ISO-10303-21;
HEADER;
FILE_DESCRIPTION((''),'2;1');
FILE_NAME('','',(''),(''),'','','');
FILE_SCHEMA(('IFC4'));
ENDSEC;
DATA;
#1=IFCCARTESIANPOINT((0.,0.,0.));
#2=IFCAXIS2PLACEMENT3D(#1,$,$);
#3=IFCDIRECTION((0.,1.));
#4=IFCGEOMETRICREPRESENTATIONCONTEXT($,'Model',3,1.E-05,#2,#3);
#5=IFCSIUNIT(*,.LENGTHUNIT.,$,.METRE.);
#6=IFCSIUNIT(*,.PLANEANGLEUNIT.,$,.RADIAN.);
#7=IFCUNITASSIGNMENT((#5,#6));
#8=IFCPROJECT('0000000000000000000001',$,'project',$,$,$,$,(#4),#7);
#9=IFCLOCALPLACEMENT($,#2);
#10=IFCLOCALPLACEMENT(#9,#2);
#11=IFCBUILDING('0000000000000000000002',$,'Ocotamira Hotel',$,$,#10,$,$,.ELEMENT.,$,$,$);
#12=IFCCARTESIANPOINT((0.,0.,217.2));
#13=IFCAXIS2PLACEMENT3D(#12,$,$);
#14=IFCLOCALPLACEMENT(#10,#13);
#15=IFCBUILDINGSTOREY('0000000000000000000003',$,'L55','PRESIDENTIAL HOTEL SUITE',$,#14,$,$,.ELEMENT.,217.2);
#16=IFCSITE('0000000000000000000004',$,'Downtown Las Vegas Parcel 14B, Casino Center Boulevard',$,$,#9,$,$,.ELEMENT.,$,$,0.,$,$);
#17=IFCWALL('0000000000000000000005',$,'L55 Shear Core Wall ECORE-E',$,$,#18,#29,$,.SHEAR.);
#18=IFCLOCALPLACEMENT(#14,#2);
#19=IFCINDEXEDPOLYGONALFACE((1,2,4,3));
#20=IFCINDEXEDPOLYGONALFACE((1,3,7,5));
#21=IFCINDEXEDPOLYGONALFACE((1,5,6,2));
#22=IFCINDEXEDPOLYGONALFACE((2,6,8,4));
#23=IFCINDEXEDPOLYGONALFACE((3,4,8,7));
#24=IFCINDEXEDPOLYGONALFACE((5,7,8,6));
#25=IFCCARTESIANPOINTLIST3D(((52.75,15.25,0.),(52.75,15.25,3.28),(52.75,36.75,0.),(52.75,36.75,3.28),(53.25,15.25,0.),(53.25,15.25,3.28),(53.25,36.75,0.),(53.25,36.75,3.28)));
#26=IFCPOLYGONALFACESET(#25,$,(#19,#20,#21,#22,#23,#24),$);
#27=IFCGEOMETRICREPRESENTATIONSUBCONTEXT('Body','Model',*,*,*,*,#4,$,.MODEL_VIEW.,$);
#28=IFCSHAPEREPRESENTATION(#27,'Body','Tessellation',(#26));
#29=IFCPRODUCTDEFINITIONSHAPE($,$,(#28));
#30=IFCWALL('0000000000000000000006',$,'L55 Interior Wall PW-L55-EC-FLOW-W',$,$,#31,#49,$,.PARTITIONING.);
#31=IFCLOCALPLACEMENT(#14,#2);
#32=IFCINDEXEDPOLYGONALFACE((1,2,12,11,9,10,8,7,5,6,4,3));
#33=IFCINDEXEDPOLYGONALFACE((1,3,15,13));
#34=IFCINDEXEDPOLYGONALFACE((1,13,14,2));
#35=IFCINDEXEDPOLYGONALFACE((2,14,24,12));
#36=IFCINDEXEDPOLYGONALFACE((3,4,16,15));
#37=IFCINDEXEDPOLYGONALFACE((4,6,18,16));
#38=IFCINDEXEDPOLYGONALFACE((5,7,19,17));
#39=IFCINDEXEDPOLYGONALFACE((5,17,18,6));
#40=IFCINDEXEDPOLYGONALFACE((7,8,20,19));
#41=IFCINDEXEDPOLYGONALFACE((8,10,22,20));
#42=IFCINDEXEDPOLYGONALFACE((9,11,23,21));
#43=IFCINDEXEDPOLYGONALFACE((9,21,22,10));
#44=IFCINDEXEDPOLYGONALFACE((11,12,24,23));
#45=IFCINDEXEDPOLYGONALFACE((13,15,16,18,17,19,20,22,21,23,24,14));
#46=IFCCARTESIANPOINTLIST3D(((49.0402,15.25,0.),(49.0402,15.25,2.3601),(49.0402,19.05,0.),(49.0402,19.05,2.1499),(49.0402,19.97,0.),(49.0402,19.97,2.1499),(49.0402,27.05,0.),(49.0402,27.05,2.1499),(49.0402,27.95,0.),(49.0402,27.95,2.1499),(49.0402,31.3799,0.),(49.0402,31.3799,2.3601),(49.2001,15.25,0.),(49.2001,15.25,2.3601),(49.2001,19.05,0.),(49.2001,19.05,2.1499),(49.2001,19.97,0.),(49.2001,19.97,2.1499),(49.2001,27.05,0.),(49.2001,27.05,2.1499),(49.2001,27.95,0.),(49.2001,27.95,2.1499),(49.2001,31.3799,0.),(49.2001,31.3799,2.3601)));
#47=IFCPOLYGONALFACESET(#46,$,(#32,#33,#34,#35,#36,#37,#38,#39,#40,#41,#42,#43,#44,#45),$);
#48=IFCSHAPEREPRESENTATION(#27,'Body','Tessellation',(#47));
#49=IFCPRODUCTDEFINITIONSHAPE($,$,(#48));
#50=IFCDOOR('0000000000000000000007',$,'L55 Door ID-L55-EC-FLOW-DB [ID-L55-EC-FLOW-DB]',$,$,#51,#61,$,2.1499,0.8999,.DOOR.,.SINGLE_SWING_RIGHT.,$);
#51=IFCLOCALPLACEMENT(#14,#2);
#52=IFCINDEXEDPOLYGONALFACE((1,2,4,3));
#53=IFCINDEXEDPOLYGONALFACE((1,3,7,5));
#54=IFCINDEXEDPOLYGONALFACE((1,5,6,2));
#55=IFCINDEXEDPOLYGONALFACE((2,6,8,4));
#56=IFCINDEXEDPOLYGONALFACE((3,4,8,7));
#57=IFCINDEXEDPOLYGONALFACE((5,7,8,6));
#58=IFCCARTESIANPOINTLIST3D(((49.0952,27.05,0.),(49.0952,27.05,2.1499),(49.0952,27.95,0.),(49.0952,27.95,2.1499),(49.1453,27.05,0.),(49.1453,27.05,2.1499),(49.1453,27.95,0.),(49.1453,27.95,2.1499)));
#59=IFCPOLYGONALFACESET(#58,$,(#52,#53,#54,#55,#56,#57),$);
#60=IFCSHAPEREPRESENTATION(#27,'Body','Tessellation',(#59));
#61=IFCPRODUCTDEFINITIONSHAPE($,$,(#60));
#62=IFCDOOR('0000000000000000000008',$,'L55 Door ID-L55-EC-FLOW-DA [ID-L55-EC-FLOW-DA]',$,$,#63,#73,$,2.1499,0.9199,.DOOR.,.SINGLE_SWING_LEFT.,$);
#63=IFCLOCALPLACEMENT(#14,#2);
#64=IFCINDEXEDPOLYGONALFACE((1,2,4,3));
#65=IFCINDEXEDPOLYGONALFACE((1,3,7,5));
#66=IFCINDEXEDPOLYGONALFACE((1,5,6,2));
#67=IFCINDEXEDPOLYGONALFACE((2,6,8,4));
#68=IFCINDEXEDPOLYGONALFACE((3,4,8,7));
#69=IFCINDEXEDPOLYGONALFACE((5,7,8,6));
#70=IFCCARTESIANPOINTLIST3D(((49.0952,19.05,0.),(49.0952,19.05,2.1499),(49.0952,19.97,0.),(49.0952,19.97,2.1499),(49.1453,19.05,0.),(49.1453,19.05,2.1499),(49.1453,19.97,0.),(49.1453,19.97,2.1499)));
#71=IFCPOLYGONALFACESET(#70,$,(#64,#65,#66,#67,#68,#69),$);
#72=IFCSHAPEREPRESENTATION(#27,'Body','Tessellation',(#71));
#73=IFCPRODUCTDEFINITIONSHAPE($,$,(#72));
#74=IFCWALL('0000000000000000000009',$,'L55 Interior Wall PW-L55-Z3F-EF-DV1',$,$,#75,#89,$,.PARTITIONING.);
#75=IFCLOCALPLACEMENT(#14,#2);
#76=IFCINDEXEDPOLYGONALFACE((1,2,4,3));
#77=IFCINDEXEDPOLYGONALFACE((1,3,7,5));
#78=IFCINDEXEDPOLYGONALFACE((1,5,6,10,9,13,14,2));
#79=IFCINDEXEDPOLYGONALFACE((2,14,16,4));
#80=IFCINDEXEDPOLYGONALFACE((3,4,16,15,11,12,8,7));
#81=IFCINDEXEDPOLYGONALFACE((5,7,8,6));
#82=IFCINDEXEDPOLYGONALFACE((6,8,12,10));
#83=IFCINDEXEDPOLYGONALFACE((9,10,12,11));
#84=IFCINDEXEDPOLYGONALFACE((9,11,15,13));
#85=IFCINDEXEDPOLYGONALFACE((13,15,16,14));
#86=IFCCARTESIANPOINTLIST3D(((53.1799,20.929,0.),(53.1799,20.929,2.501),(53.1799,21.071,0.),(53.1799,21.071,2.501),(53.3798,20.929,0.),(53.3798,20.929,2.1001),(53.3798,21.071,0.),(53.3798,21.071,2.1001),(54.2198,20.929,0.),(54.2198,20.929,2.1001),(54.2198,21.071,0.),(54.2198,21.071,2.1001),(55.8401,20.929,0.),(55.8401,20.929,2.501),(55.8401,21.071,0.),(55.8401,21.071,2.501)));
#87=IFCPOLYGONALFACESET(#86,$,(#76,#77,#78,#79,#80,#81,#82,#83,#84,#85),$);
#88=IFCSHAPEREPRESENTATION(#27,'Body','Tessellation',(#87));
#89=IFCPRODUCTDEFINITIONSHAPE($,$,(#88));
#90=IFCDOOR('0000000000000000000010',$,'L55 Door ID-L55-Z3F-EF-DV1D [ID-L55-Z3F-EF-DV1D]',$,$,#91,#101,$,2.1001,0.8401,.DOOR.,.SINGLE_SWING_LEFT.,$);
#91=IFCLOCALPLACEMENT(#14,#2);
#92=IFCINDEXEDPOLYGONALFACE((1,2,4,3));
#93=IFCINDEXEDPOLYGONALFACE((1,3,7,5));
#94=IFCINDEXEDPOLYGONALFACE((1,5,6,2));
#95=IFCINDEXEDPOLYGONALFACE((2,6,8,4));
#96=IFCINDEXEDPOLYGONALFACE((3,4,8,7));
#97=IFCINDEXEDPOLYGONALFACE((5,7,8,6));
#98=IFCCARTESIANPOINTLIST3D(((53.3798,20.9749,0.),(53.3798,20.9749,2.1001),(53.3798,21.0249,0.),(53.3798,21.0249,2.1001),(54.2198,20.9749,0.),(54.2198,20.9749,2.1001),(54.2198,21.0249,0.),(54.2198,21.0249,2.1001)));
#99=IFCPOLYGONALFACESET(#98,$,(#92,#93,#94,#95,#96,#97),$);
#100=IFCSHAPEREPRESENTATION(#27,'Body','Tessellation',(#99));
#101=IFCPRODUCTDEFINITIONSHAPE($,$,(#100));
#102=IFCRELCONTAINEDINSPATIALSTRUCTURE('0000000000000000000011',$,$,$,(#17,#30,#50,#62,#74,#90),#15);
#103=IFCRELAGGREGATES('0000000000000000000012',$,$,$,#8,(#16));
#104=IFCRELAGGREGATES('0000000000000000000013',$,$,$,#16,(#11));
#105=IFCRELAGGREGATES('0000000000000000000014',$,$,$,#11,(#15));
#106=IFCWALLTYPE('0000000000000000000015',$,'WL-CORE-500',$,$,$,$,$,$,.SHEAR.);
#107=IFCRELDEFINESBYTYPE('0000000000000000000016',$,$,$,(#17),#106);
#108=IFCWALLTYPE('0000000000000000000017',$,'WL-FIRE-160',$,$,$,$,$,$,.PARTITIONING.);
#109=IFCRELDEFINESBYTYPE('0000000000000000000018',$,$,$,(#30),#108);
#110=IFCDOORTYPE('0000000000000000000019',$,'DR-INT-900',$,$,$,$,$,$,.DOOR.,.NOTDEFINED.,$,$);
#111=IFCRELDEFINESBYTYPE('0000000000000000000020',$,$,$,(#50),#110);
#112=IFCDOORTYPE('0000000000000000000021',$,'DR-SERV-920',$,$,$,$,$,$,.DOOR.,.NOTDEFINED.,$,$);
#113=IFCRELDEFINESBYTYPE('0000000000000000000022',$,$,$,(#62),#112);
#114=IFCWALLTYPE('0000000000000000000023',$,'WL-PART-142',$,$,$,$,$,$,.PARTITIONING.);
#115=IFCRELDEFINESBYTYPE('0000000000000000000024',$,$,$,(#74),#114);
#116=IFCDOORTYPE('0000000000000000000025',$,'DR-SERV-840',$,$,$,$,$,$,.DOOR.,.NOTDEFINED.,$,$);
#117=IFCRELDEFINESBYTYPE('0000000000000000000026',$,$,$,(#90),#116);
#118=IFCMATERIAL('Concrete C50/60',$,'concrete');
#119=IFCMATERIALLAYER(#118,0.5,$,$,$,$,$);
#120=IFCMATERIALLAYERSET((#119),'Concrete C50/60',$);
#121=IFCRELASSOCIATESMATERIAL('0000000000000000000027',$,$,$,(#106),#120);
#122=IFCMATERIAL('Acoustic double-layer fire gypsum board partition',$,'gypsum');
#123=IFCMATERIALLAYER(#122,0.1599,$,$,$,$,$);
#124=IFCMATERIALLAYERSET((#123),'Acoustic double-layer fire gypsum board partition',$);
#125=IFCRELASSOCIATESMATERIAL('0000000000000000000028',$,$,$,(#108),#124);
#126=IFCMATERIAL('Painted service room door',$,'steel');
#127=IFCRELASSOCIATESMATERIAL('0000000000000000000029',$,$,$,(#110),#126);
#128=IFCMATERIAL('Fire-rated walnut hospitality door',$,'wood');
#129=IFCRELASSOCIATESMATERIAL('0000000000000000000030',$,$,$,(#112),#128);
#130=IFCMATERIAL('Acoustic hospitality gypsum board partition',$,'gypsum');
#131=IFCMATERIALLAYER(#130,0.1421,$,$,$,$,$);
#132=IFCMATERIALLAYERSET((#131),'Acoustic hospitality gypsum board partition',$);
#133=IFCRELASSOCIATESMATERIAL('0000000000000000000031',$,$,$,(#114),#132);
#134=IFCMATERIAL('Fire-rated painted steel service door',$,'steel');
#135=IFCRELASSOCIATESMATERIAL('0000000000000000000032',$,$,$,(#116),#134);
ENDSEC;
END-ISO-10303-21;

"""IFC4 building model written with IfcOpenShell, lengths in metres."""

from ifc_helpers import new_model, si_unit, direction, frame, frame_2d, origin, place, context, subcontext, project, spatial, rectangle, extrude, source, transform, mapped, material, layer, layer_set, type_object, element, fill, save


model = new_model("IFC4")

# Units and contexts
model_context = context("Model", 3, precision=1e-05, world=origin(), true_north=direction((0.0, 1.0)))
body_context = subcontext(model_context, "Body", "Model", "MODEL_VIEW")
ifc_project = project(units=[si_unit("LENGTHUNIT", "METRE"), si_unit("PLANEANGLEUNIT", "RADIAN")], contexts=[model_context])

# Site, building, storey
site_placement = place(None, origin())
site = spatial("IfcSite", under=ifc_project, at=site_placement, Name="Downtown Las Vegas Parcel 14B, Casino Center Boulevard", CompositionType="ELEMENT", RefElevation=0.0)
building_placement = place(site_placement, origin())
building = spatial("IfcBuilding", under=site, at=building_placement, Name="Ocotamira Hotel", CompositionType="ELEMENT")
storey_placement = place(building_placement, frame((0.0, 0.0, 217.2)))
storey = spatial("IfcBuildingStorey", under=building, at=storey_placement, Name="L55", Description="PRESIDENTIAL HOTEL SUITE", CompositionType="ELEMENT", Elevation=217.2)

# Wall
ifc_material_1 = material(Name="Concrete C50/60", Category="concrete")
ifc_layer_1 = layer(ifc_material_1, 0.5)
ifc_layer_set_1 = layer_set([ifc_layer_1], Name="Concrete C50/60")
wall_type_1 = type_object("IfcWallType", Name="WL-CORE-500", PredefinedType="SHEAR", material=ifc_layer_set_1)
wall_1_placement = place(storey_placement, frame((53.0, 15.25, 0.0), z_axis=(0.0, 0.0, 1.0), x_axis=(0.0, 1.0, 0.0)))
element("IfcWall", 1, at=wall_1_placement, inside=storey, type_object=wall_type_1, Name="L55 Shear Core Wall ECORE-E", PredefinedType="SHEAR", context=body_context, shape_type="SweptSolid", body=[
    extrude(rectangle(XDim=21.5, YDim=0.5, at=frame_2d((10.75, 0.0))), origin(), (0.0, 0.0, 1.0), 3.28),
])

# Wall, openings, doors
ifc_material_2 = material(Name="Acoustic double-layer fire gypsum board partition", Category="gypsum")
ifc_layer_2 = layer(ifc_material_2, 0.1599)
ifc_layer_set_2 = layer_set([ifc_layer_2], Name="Acoustic double-layer fire gypsum board partition")
wall_type_2 = type_object("IfcWallType", Name="WL-FIRE-160", PredefinedType="PARTITIONING", material=ifc_layer_set_2)
wall_2_placement = place(storey_placement, frame((49.1201, 15.25, 0.0), z_axis=(0.0, 0.0, 1.0), x_axis=(0.0, 1.0, 0.0)))
wall_2 = element("IfcWall", 2, at=wall_2_placement, inside=storey, type_object=wall_type_2, Name="L55 Interior Wall PW-L55-EC-FLOW-W", PredefinedType="PARTITIONING", context=body_context, shape_type="SweptSolid", body=[
    extrude(rectangle(XDim=16.1299, YDim=0.1599, at=frame_2d((8.0649, 0.0))), origin(), (0.0, 0.0, 1.0), 2.3601),
])
opening_1_placement = place(wall_2_placement, frame((3.8, 0.0, 0.0)))
opening_1 = element("IfcOpeningElement", 3, at=opening_1_placement, cuts=wall_2, PredefinedType="OPENING", context=body_context, shape_type="SweptSolid", body=[
    extrude(rectangle(XDim=0.9199, YDim=2.1499, at=frame_2d((0.46, 1.075))), frame((0.0, 0.0898, 0.0), z_axis=(0.0, -1.0, 0.0), x_axis=(1.0, 0.0, 0.0)), (0.0, 0.0, 1.0), 0.1799),
])
opening_2_placement = place(wall_2_placement, frame((11.8, 0.0, 0.0)))
opening_2 = element("IfcOpeningElement", 4, at=opening_2_placement, cuts=wall_2, PredefinedType="OPENING", context=body_context, shape_type="SweptSolid", body=[
    extrude(rectangle(XDim=0.8999, YDim=2.1499, at=frame_2d((0.45, 1.075))), frame((0.0, 0.0898, 0.0), z_axis=(0.0, -1.0, 0.0), x_axis=(1.0, 0.0, 0.0)), (0.0, 0.0, 1.0), 0.1799),
])
ifc_material_3 = material(Name="Painted service room door", Category="steel")
door_type_1 = type_object("IfcDoorType", Name="DR-INT-900", OperationType="NOTDEFINED", PredefinedType="DOOR", material=ifc_material_3)
shared_shape_1 = source(origin(), body_context, "Body", "SweptSolid", [
    extrude(rectangle(XDim=0.8999, YDim=2.1499, at=frame_2d((0.45, 1.075))), frame((0.0, 0.0249, 0.0), z_axis=(0.0, -1.0, 0.0), x_axis=(1.0, 0.0, 0.0)), (0.0, 0.0, 1.0), 0.05),
])
door_1_placement = place(opening_2_placement, origin())
door_1 = element("IfcDoor", 5, at=door_1_placement, inside=storey, type_object=door_type_1, Name="L55 Door ID-L55-EC-FLOW-DB [ID-L55-EC-FLOW-DB]", OperationType="SINGLE_SWING_RIGHT", OverallHeight=2.1499, OverallWidth=0.8999, PredefinedType="DOOR", context=body_context, shape_type="MappedRepresentation", body=[
    mapped(shared_shape_1, transform((0.0, 0.0, 0.0), scale=1.0)),
])
fill(opening_2, door_1)
ifc_material_4 = material(Name="Fire-rated walnut hospitality door", Category="wood")
door_type_2 = type_object("IfcDoorType", Name="DR-SERV-920", OperationType="NOTDEFINED", PredefinedType="DOOR", material=ifc_material_4)
shared_shape_2 = source(origin(), body_context, "Body", "SweptSolid", [
    extrude(rectangle(XDim=0.9199, YDim=2.1499, at=frame_2d((0.46, 1.075))), frame((0.0, 0.0249, 0.0), z_axis=(0.0, -1.0, 0.0), x_axis=(1.0, 0.0, 0.0)), (0.0, 0.0, 1.0), 0.05),
])
door_2_placement = place(opening_1_placement, origin())
door_2 = element("IfcDoor", 6, at=door_2_placement, inside=storey, type_object=door_type_2, Name="L55 Door ID-L55-EC-FLOW-DA [ID-L55-EC-FLOW-DA]", OperationType="SINGLE_SWING_LEFT", OverallHeight=2.1499, OverallWidth=0.9199, PredefinedType="DOOR", context=body_context, shape_type="MappedRepresentation", body=[
    mapped(shared_shape_2, transform((0.0, 0.0, 0.0), scale=1.0)),
])
fill(opening_1, door_2)

# Wall, opening, door
ifc_material_5 = material(Name="Acoustic hospitality gypsum board partition", Category="gypsum")
ifc_layer_3 = layer(ifc_material_5, 0.1421)
ifc_layer_set_3 = layer_set([ifc_layer_3], Name="Acoustic hospitality gypsum board partition")
wall_type_3 = type_object("IfcWallType", Name="WL-PART-142", PredefinedType="PARTITIONING", material=ifc_layer_set_3)
wall_3_placement = place(storey_placement, frame((53.1799, 21.0, 0.0), z_axis=(0.0, 0.0, 1.0), x_axis=(1.0, 0.0, 0.0)))
wall_3 = element("IfcWall", 7, at=wall_3_placement, inside=storey, type_object=wall_type_3, Name="L55 Interior Wall PW-L55-Z3F-EF-DV1", PredefinedType="PARTITIONING", context=body_context, shape_type="SweptSolid", body=[
    extrude(rectangle(XDim=2.6602, YDim=0.1421, at=frame_2d((1.3301, 0.0))), origin(), (0.0, 0.0, 1.0), 2.501),
])
opening_3_placement = place(wall_3_placement, frame((0.2, 0.0, 0.0)))
opening_3 = element("IfcOpeningElement", 8, at=opening_3_placement, cuts=wall_3, PredefinedType="OPENING", context=body_context, shape_type="SweptSolid", body=[
    extrude(rectangle(XDim=0.8401, YDim=2.1001, at=frame_2d((0.4199, 1.05))), frame((0.0, 0.0811, 0.0), z_axis=(0.0, -1.0, 0.0), x_axis=(1.0, 0.0, 0.0)), (0.0, 0.0, 1.0), 0.1621),
])
ifc_material_6 = material(Name="Fire-rated painted steel service door", Category="steel")
door_type_3 = type_object("IfcDoorType", Name="DR-SERV-840", OperationType="NOTDEFINED", PredefinedType="DOOR", material=ifc_material_6)
shared_shape_3 = source(origin(), body_context, "Body", "SweptSolid", [
    extrude(rectangle(XDim=0.8401, YDim=2.1001, at=frame_2d((0.4199, 1.05))), frame((0.0, 0.0249, 0.0), z_axis=(0.0, -1.0, 0.0), x_axis=(1.0, 0.0, 0.0)), (0.0, 0.0, 1.0), 0.05),
])
door_3_placement = place(opening_3_placement, origin())
door_3 = element("IfcDoor", 9, at=door_3_placement, inside=storey, type_object=door_type_3, Name="L55 Door ID-L55-Z3F-EF-DV1D [ID-L55-Z3F-EF-DV1D]", OperationType="SINGLE_SWING_LEFT", OverallHeight=2.1001, OverallWidth=0.8401, PredefinedType="DOOR", context=body_context, shape_type="MappedRepresentation", body=[
    mapped(shared_shape_3, transform((0.0, 0.0, 0.0), scale=1.0)),
])
fill(opening_3, door_3)

save(model, "model.ifc")
